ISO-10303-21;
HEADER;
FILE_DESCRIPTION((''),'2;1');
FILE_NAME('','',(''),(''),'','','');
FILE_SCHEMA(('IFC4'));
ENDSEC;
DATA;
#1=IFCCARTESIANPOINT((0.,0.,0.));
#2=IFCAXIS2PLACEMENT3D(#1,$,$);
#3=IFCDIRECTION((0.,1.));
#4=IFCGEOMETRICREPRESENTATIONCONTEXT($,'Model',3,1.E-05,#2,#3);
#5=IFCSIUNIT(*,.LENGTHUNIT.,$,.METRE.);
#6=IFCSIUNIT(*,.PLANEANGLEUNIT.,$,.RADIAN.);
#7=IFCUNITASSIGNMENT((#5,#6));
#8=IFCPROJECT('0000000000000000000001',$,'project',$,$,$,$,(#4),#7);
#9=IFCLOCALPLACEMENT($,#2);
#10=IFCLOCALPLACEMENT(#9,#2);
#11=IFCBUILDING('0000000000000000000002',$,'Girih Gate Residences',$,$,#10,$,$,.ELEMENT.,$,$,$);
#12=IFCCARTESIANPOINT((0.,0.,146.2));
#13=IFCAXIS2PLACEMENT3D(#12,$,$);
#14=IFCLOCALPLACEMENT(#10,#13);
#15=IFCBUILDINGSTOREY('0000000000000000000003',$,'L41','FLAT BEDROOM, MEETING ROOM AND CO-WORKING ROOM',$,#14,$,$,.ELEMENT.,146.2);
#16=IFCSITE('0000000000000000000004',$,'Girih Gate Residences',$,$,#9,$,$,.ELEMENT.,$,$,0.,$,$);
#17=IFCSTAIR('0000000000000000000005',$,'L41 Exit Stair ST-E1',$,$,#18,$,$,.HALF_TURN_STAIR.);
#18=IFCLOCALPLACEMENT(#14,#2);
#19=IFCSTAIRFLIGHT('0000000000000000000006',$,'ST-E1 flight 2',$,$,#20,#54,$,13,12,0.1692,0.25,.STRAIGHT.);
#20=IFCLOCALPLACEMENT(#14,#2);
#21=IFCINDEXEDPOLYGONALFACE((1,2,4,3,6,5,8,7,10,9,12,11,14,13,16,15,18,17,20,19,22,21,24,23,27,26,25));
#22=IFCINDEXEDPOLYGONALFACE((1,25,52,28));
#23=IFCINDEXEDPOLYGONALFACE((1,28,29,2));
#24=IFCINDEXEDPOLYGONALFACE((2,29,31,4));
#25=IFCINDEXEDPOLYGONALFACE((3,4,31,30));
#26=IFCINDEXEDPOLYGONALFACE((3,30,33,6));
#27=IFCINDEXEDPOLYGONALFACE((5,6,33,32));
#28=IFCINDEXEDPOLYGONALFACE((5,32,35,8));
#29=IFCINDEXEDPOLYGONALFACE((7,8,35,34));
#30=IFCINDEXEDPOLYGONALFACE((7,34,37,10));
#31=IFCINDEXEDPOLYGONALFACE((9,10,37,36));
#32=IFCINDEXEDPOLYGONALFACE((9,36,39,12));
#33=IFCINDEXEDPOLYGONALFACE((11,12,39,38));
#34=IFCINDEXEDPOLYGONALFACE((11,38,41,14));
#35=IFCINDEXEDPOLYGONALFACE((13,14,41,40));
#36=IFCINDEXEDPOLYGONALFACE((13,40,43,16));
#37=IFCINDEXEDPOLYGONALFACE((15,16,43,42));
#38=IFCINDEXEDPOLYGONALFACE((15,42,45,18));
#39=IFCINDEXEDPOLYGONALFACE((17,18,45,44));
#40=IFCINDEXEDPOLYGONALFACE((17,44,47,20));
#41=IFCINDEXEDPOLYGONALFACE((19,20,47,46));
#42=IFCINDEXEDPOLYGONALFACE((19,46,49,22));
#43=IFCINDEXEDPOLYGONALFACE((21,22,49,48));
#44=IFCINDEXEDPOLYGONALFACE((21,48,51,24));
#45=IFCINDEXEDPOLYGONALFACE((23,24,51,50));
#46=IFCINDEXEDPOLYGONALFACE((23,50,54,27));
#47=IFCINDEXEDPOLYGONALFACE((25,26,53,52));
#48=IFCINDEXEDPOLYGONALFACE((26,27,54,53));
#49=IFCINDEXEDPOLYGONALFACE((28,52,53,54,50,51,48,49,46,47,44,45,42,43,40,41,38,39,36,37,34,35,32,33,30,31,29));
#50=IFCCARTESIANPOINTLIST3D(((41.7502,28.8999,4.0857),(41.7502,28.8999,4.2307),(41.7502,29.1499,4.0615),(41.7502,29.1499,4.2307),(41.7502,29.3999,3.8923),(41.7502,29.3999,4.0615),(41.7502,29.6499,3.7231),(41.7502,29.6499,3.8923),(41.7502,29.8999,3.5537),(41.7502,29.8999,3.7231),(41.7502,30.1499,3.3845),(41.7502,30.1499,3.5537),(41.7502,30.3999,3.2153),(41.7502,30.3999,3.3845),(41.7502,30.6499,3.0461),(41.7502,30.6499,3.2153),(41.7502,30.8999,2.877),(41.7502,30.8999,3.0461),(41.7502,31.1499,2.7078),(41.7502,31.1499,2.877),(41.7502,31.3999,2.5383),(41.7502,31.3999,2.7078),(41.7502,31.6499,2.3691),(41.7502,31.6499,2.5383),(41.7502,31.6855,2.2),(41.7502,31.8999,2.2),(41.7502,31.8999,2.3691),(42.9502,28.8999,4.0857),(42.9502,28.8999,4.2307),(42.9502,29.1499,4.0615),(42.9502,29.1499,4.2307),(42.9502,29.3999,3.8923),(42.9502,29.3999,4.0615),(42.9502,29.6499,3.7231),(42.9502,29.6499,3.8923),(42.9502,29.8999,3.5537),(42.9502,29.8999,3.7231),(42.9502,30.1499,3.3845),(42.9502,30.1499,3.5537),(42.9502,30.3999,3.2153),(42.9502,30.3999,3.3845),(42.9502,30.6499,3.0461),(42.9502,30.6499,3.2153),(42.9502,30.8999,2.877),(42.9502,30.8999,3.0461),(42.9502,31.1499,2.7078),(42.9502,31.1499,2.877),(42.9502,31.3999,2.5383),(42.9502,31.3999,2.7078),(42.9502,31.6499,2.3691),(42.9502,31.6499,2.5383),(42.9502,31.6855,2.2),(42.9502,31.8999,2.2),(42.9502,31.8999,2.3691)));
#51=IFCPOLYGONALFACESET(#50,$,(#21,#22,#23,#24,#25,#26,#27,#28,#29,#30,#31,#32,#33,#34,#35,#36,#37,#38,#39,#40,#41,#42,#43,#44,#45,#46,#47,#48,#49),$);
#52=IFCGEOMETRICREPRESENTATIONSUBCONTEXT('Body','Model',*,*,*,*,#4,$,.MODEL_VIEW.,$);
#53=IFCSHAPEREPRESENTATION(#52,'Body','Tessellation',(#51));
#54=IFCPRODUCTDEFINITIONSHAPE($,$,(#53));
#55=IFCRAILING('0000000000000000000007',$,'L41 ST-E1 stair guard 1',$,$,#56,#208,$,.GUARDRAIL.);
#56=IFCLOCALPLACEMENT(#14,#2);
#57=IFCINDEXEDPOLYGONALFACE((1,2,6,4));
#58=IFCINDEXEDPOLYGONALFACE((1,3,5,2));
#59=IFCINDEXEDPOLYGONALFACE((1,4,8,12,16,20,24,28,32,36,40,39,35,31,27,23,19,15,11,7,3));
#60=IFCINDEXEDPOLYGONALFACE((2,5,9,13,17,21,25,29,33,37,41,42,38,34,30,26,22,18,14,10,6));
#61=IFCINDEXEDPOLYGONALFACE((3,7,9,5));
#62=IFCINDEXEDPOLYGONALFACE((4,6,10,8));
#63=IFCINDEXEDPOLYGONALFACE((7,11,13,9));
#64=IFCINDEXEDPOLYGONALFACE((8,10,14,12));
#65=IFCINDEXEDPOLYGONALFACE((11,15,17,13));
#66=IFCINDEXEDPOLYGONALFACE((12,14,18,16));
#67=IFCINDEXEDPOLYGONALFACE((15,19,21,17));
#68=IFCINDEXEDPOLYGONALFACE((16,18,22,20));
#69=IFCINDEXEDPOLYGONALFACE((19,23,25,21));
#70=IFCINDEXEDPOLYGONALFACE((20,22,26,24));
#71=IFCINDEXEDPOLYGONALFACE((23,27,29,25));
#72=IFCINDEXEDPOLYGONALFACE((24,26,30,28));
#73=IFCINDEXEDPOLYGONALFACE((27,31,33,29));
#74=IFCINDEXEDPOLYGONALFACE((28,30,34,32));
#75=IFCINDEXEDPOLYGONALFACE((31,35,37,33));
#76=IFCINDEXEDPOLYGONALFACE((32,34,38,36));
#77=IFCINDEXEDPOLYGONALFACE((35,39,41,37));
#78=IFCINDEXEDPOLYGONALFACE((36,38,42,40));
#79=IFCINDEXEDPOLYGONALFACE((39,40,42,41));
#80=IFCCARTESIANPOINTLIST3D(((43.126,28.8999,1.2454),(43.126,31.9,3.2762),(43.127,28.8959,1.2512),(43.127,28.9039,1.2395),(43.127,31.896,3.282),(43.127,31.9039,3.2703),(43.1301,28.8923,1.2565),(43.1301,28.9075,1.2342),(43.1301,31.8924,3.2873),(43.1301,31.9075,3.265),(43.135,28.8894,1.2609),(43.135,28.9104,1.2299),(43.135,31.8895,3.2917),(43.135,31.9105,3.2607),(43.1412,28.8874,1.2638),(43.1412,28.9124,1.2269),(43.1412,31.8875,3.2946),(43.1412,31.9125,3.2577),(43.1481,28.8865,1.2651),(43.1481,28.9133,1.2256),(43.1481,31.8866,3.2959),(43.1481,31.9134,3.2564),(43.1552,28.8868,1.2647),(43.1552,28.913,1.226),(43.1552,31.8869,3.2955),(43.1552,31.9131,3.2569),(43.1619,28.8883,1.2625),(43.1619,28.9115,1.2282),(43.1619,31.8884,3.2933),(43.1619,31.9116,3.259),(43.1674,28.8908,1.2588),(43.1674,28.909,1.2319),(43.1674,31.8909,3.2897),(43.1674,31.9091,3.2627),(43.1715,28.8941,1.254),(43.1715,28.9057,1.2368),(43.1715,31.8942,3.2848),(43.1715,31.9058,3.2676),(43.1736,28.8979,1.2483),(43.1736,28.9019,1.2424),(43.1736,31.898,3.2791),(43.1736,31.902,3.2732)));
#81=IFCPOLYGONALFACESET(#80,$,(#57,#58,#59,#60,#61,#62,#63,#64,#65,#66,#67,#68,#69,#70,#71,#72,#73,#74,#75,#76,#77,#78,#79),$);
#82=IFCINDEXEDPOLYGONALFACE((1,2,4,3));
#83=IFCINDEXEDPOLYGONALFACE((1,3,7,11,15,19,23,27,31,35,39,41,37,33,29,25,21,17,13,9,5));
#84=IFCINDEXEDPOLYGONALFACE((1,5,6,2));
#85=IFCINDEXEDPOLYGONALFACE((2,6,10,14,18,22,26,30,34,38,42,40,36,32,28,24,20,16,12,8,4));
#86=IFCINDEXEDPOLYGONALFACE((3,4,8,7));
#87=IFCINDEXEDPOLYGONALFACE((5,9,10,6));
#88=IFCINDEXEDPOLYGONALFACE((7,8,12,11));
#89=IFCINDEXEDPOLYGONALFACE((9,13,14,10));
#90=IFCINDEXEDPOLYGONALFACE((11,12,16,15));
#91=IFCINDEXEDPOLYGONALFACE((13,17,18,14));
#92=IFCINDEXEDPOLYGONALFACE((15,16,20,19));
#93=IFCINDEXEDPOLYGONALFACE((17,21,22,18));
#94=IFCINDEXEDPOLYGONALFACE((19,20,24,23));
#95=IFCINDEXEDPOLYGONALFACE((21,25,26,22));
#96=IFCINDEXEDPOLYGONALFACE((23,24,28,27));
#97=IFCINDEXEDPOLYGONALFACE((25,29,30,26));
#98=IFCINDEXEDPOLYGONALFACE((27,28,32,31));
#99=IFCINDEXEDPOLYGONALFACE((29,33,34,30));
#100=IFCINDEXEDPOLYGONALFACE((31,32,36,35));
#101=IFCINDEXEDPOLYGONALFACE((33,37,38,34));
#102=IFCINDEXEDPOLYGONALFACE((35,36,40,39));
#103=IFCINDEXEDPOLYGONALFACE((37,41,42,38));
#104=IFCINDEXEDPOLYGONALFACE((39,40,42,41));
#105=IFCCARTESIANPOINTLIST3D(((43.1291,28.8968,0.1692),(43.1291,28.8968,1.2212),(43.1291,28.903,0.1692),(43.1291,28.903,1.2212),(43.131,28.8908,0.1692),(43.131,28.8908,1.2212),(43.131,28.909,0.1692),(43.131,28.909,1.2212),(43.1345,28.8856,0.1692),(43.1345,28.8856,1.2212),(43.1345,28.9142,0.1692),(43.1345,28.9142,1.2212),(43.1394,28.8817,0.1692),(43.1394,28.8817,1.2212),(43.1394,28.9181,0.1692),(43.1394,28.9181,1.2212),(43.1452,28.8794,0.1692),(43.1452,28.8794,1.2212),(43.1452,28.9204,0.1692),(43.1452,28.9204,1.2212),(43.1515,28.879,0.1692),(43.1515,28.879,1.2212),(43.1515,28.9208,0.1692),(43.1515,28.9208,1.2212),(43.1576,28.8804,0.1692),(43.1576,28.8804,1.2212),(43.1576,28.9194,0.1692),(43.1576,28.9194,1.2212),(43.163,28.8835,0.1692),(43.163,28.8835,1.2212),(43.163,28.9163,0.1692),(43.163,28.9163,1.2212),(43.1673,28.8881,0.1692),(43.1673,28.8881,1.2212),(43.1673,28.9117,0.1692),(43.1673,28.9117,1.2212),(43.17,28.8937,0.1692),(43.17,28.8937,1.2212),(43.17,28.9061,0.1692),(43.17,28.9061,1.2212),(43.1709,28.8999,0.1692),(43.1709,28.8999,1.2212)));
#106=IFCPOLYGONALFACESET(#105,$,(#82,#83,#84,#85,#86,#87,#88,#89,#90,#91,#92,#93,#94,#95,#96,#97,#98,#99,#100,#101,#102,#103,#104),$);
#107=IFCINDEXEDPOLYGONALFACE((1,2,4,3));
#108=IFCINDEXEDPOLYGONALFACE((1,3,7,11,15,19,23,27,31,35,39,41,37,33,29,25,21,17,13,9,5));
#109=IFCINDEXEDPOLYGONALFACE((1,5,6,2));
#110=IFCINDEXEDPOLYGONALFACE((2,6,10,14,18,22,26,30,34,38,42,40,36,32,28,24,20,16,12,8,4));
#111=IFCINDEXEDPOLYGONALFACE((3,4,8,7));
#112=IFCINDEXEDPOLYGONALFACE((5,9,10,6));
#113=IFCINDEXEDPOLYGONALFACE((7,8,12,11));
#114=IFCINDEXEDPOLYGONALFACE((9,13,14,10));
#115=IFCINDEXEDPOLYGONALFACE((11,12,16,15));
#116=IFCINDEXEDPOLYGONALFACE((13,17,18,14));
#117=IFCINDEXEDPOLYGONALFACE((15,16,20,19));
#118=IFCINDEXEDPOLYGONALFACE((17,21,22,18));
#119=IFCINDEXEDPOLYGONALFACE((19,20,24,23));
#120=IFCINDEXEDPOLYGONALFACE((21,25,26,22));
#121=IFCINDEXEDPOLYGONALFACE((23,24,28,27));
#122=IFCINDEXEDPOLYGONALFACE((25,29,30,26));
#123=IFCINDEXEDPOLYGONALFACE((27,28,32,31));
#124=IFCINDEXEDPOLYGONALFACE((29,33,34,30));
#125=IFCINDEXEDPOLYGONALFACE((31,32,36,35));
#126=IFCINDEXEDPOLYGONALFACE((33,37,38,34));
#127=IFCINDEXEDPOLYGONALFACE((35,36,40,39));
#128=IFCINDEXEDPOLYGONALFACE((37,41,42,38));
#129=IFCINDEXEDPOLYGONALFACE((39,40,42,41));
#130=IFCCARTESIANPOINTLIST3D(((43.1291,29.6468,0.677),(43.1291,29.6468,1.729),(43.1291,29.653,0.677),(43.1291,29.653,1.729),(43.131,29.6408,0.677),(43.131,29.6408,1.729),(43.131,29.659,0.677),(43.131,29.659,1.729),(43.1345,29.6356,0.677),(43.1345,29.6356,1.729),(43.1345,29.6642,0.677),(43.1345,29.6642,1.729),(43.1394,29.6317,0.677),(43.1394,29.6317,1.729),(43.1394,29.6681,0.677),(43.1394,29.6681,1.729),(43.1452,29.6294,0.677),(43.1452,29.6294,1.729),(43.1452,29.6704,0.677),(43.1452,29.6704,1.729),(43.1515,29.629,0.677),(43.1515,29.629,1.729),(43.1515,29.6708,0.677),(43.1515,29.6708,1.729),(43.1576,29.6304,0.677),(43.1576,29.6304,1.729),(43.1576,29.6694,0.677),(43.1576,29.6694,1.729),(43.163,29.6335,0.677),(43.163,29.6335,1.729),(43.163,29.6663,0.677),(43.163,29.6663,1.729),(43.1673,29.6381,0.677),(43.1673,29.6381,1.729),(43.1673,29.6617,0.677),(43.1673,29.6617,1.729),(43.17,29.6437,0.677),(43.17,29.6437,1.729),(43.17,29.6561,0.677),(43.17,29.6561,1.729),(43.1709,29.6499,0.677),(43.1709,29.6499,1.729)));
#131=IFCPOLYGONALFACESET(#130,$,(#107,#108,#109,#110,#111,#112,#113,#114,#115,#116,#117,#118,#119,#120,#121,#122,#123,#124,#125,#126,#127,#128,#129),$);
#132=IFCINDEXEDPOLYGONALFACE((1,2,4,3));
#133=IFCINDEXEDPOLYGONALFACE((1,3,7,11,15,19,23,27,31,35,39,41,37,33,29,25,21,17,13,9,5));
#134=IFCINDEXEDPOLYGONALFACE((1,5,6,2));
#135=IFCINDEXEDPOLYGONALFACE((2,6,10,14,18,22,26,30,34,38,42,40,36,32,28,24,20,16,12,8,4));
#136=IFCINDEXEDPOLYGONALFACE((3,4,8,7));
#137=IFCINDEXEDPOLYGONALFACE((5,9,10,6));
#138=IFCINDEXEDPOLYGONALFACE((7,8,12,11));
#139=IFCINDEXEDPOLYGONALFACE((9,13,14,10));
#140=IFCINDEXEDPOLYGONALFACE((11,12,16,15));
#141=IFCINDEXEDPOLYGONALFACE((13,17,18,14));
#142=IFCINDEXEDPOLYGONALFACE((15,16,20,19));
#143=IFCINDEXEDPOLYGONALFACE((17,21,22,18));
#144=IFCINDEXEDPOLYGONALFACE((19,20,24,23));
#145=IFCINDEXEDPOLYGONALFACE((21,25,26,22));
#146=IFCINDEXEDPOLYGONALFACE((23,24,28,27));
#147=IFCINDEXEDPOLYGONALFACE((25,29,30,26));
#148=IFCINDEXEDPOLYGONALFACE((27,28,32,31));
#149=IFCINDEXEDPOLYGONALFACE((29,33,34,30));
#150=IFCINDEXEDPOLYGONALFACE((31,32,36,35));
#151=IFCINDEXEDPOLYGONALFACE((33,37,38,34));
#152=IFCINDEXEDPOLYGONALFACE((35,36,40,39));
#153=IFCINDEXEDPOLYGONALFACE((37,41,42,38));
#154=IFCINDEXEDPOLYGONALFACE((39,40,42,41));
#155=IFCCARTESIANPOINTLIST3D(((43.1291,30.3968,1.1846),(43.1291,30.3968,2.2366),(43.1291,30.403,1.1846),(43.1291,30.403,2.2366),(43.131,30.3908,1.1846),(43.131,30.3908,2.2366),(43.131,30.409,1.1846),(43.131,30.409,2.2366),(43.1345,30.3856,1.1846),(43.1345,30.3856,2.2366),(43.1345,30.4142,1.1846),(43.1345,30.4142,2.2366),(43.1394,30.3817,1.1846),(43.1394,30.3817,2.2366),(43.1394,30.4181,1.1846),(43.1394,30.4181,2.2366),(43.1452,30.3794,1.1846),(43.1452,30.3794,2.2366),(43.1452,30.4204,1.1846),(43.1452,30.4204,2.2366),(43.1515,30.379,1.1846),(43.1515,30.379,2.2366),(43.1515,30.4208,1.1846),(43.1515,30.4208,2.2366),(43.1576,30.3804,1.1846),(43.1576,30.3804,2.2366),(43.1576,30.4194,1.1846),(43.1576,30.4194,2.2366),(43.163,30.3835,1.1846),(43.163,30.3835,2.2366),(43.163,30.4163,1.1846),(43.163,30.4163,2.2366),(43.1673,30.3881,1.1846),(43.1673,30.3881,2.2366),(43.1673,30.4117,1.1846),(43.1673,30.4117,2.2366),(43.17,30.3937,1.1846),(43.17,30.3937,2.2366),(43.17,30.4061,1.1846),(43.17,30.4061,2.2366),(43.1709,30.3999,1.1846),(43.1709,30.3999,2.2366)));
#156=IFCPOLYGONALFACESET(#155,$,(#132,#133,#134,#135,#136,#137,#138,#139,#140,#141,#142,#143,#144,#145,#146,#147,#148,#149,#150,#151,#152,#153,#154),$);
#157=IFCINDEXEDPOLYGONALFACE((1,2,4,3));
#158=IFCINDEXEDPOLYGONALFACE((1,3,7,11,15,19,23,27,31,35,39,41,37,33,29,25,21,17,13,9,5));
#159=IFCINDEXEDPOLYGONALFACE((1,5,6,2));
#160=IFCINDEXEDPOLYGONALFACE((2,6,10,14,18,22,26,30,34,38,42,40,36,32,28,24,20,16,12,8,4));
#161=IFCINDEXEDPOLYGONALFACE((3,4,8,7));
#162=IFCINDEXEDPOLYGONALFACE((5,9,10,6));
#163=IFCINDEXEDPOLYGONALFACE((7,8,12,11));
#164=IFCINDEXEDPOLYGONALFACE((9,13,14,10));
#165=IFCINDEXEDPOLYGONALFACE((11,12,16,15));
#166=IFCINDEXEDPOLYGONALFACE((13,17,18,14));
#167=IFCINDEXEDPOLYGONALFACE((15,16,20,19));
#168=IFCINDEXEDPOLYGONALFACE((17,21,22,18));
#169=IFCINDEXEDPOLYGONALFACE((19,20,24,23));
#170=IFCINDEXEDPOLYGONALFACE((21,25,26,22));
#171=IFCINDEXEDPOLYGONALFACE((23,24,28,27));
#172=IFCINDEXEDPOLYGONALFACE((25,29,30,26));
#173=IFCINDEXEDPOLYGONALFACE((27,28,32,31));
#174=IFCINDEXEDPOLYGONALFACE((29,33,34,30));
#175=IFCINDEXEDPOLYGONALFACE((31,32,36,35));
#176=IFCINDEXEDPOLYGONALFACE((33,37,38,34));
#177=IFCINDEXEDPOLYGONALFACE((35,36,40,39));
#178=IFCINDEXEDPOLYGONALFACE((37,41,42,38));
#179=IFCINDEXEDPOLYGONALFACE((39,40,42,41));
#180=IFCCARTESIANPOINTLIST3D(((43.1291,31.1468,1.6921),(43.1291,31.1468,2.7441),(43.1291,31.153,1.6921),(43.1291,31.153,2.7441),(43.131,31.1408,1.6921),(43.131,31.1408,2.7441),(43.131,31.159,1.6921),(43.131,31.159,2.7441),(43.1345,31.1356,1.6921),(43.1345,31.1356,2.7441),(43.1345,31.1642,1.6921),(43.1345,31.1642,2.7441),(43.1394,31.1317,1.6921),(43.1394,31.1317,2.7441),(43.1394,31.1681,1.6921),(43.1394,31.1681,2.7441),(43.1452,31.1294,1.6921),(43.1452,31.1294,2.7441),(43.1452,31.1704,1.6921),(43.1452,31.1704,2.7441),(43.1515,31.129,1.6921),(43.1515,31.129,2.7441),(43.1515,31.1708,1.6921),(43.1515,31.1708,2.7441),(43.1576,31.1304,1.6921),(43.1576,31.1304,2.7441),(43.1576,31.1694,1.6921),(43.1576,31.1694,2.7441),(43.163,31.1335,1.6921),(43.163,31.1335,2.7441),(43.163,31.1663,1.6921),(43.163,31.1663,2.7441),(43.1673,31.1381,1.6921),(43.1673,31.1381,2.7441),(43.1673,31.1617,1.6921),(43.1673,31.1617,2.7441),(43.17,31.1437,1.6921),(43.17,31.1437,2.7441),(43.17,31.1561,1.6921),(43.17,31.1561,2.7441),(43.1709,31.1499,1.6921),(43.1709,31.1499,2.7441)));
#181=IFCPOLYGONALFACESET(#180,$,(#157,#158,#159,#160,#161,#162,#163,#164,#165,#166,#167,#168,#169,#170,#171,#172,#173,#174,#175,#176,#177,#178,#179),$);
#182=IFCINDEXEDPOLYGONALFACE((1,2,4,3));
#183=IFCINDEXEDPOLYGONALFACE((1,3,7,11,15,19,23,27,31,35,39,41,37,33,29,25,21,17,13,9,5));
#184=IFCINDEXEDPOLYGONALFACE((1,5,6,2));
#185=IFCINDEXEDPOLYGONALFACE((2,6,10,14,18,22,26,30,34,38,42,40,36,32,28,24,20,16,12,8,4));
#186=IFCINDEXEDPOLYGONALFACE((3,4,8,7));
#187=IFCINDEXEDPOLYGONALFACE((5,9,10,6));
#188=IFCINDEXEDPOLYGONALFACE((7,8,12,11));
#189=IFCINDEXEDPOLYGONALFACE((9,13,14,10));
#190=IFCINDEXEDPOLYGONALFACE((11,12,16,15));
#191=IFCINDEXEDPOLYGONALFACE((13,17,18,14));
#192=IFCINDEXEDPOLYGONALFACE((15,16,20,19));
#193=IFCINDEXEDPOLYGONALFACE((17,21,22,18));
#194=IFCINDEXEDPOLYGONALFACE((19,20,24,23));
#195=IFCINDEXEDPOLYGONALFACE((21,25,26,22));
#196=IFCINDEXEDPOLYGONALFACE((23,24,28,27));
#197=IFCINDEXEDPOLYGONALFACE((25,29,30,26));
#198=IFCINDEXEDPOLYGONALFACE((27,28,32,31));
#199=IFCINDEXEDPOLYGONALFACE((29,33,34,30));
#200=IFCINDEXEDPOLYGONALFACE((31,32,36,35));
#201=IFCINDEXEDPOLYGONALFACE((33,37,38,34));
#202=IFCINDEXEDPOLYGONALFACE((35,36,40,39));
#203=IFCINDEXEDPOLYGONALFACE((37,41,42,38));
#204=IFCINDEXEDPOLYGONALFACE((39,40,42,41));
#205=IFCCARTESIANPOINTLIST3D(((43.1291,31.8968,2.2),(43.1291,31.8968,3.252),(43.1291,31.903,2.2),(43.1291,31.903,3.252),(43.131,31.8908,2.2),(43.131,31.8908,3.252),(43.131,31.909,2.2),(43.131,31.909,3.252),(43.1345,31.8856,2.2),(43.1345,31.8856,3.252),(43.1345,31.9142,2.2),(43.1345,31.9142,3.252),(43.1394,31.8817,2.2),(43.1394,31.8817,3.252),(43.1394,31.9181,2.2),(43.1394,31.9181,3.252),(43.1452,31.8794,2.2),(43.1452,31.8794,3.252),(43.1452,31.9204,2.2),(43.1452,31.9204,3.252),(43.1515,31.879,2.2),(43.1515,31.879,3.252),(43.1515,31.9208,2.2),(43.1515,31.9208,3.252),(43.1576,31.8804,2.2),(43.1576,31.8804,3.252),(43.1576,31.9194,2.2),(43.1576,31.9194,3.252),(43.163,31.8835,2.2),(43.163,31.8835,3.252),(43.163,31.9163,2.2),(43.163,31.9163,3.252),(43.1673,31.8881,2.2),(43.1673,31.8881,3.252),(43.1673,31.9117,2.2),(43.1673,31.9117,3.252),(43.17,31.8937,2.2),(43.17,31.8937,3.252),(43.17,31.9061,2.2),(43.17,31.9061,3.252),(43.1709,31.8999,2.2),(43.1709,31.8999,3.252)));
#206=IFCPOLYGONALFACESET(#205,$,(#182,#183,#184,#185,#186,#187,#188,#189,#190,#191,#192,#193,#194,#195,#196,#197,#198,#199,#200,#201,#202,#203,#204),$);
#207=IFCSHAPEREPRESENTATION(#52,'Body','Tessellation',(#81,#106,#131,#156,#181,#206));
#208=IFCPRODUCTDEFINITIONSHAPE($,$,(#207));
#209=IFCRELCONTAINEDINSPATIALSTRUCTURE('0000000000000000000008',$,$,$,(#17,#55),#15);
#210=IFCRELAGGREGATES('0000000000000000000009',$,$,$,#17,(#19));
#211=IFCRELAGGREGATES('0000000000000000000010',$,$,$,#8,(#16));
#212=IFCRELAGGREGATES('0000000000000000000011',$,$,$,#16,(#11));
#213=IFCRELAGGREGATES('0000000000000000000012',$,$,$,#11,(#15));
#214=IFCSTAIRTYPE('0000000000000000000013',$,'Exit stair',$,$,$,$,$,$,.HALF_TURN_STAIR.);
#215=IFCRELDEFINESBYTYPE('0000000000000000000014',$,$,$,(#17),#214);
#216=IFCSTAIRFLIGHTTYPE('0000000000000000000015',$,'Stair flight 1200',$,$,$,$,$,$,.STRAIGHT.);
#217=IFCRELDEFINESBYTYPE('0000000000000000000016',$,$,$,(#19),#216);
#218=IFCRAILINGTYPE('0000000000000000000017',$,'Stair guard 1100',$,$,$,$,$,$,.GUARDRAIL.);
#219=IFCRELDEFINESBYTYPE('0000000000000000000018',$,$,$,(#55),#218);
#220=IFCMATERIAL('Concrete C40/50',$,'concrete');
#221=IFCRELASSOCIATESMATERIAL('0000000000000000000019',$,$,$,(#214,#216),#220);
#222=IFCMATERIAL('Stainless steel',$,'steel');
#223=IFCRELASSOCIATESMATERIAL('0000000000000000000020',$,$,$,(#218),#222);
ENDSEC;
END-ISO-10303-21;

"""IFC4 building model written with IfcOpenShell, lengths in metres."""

from ifc_helpers import new_model, si_unit, direction, frame, origin, origin_2d, place, context, subcontext, project, spatial, polyline, circle, outline, extrude, material, type_object, element, aggregate, save


model = new_model("IFC4")

# Units and contexts
model_context = context("Model", 3, precision=1e-05, world=origin(), true_north=direction((0.0, 1.0)))
body_context = subcontext(model_context, "Body", "Model", "MODEL_VIEW")
ifc_project = project(units=[si_unit("LENGTHUNIT", "METRE"), si_unit("PLANEANGLEUNIT", "RADIAN")], contexts=[model_context])

# Site, building, storey
site_placement = place(None, origin())
site = spatial("IfcSite", under=ifc_project, at=site_placement, Name="Girih Gate Residences", CompositionType="ELEMENT", RefElevation=0.0)
building_placement = place(site_placement, origin())
building = spatial("IfcBuilding", under=site, at=building_placement, Name="Girih Gate Residences", CompositionType="ELEMENT")
storey_placement = place(building_placement, frame((0.0, 0.0, 146.2)))
storey = spatial("IfcBuildingStorey", under=building, at=storey_placement, Name="L41", Description="FLAT BEDROOM, MEETING ROOM AND CO-WORKING ROOM", CompositionType="ELEMENT", Elevation=146.2)

# Shared definitions
ifc_material_1 = material(Name="Concrete C40/50", Category="concrete")

# Stair, stair flight
stair_type = type_object("IfcStairType", Name="Exit stair", PredefinedType="HALF_TURN_STAIR", material=ifc_material_1)
stair_placement = place(storey_placement, origin())
stair = element("IfcStair", 1, at=stair_placement, inside=storey, type_object=stair_type, Name="L41 Exit Stair ST-E1", PredefinedType="HALF_TURN_STAIR")
stair_flight_type = type_object("IfcStairFlightType", Name="Stair flight 1200", PredefinedType="STRAIGHT", material=ifc_material_1)
stair_flight_1_placement = place(storey_placement, frame((42.3501, 31.8999, 2.2), z_axis=(0.0, 0.0, 1.0), x_axis=(0.0, -1.0, 0.0)))
stair_flight_1 = element("IfcStairFlight", 2, at=stair_flight_1_placement, type_object=stair_flight_type, Name="ST-E1 flight 2", NumberOfRisers=13, NumberOfTreads=12, PredefinedType="STRAIGHT", RiserHeight=0.1692, TreadLength=0.25, context=body_context, shape_type="SweptSolid", body=[
    extrude(outline(polyline([(0.0, 0.0), (0.0, 0.1692), (0.25, 0.1692), (0.25, 0.3384), (0.5, 0.3384), (0.5, 0.5078), (0.75, 0.5078), (0.75, 0.677), (1.0, 0.677), (1.0, 0.8462), (1.25, 0.8462), (1.25, 1.0154), (1.5, 1.0154), (1.5, 1.1846), (1.75, 1.1846), (1.75, 1.3538), (2.0, 1.3538), (2.0, 1.5232), (2.25, 1.5232), (2.25, 1.6924), (2.5, 1.6924), (2.5, 1.8616), (2.75, 1.8616), (2.75, 2.0308), (3.0, 2.0308), (3.0, 2.2), (3.0, 1.8857), (0.2144, 0.0), (0.0, 0.0)])), frame((0.0, 0.6001, 0.0), z_axis=(0.0, -1.0, 0.0), x_axis=(1.0, 0.0, 0.0)), (0.0, 0.0, 1.0), 1.2),
])
aggregate(stair, [stair_flight_1])

# Railing
ifc_material_2 = material(Name="Stainless steel", Category="steel")
railing_type_1 = type_object("IfcRailingType", Name="Stair guard 1100", PredefinedType="GUARDRAIL", material=ifc_material_2)
railing_1_placement = place(storey_placement, frame((43.1499, 28.8999, 0.1692)))
element("IfcRailing", 3, at=railing_1_placement, inside=storey, type_object=railing_type_1, Name="L41 ST-E1 stair guard 1", PredefinedType="GUARDRAIL", context=body_context, shape_type="SweptSolid", body=[
    extrude(circle(Radius=0.0239, at=origin_2d()), frame((0.0, 0.0, 1.0762), z_axis=(0.0, 0.82811, 0.560565), x_axis=(-1.0, 0.0, 0.0)), (0.0, 0.0, 1.0), 3.6228),
    extrude(circle(Radius=0.021, at=origin_2d()), origin(), (0.0, 0.0, 1.0), 1.052),
    extrude(circle(Radius=0.021, at=origin_2d()), frame((0.0, 0.75, 0.5078)), (0.0, 0.0, 1.0), 1.052),
    extrude(circle(Radius=0.021, at=origin_2d()), frame((0.0, 1.5, 1.0154)), (0.0, 0.0, 1.0), 1.052),
    extrude(circle(Radius=0.021, at=origin_2d()), frame((0.0, 2.25, 1.5229)), (0.0, 0.0, 1.0), 1.052),
    extrude(circle(Radius=0.021, at=origin_2d()), frame((0.0, 3.0, 2.0308)), (0.0, 0.0, 1.0), 1.052),
])

save(model, "model.ifc")
